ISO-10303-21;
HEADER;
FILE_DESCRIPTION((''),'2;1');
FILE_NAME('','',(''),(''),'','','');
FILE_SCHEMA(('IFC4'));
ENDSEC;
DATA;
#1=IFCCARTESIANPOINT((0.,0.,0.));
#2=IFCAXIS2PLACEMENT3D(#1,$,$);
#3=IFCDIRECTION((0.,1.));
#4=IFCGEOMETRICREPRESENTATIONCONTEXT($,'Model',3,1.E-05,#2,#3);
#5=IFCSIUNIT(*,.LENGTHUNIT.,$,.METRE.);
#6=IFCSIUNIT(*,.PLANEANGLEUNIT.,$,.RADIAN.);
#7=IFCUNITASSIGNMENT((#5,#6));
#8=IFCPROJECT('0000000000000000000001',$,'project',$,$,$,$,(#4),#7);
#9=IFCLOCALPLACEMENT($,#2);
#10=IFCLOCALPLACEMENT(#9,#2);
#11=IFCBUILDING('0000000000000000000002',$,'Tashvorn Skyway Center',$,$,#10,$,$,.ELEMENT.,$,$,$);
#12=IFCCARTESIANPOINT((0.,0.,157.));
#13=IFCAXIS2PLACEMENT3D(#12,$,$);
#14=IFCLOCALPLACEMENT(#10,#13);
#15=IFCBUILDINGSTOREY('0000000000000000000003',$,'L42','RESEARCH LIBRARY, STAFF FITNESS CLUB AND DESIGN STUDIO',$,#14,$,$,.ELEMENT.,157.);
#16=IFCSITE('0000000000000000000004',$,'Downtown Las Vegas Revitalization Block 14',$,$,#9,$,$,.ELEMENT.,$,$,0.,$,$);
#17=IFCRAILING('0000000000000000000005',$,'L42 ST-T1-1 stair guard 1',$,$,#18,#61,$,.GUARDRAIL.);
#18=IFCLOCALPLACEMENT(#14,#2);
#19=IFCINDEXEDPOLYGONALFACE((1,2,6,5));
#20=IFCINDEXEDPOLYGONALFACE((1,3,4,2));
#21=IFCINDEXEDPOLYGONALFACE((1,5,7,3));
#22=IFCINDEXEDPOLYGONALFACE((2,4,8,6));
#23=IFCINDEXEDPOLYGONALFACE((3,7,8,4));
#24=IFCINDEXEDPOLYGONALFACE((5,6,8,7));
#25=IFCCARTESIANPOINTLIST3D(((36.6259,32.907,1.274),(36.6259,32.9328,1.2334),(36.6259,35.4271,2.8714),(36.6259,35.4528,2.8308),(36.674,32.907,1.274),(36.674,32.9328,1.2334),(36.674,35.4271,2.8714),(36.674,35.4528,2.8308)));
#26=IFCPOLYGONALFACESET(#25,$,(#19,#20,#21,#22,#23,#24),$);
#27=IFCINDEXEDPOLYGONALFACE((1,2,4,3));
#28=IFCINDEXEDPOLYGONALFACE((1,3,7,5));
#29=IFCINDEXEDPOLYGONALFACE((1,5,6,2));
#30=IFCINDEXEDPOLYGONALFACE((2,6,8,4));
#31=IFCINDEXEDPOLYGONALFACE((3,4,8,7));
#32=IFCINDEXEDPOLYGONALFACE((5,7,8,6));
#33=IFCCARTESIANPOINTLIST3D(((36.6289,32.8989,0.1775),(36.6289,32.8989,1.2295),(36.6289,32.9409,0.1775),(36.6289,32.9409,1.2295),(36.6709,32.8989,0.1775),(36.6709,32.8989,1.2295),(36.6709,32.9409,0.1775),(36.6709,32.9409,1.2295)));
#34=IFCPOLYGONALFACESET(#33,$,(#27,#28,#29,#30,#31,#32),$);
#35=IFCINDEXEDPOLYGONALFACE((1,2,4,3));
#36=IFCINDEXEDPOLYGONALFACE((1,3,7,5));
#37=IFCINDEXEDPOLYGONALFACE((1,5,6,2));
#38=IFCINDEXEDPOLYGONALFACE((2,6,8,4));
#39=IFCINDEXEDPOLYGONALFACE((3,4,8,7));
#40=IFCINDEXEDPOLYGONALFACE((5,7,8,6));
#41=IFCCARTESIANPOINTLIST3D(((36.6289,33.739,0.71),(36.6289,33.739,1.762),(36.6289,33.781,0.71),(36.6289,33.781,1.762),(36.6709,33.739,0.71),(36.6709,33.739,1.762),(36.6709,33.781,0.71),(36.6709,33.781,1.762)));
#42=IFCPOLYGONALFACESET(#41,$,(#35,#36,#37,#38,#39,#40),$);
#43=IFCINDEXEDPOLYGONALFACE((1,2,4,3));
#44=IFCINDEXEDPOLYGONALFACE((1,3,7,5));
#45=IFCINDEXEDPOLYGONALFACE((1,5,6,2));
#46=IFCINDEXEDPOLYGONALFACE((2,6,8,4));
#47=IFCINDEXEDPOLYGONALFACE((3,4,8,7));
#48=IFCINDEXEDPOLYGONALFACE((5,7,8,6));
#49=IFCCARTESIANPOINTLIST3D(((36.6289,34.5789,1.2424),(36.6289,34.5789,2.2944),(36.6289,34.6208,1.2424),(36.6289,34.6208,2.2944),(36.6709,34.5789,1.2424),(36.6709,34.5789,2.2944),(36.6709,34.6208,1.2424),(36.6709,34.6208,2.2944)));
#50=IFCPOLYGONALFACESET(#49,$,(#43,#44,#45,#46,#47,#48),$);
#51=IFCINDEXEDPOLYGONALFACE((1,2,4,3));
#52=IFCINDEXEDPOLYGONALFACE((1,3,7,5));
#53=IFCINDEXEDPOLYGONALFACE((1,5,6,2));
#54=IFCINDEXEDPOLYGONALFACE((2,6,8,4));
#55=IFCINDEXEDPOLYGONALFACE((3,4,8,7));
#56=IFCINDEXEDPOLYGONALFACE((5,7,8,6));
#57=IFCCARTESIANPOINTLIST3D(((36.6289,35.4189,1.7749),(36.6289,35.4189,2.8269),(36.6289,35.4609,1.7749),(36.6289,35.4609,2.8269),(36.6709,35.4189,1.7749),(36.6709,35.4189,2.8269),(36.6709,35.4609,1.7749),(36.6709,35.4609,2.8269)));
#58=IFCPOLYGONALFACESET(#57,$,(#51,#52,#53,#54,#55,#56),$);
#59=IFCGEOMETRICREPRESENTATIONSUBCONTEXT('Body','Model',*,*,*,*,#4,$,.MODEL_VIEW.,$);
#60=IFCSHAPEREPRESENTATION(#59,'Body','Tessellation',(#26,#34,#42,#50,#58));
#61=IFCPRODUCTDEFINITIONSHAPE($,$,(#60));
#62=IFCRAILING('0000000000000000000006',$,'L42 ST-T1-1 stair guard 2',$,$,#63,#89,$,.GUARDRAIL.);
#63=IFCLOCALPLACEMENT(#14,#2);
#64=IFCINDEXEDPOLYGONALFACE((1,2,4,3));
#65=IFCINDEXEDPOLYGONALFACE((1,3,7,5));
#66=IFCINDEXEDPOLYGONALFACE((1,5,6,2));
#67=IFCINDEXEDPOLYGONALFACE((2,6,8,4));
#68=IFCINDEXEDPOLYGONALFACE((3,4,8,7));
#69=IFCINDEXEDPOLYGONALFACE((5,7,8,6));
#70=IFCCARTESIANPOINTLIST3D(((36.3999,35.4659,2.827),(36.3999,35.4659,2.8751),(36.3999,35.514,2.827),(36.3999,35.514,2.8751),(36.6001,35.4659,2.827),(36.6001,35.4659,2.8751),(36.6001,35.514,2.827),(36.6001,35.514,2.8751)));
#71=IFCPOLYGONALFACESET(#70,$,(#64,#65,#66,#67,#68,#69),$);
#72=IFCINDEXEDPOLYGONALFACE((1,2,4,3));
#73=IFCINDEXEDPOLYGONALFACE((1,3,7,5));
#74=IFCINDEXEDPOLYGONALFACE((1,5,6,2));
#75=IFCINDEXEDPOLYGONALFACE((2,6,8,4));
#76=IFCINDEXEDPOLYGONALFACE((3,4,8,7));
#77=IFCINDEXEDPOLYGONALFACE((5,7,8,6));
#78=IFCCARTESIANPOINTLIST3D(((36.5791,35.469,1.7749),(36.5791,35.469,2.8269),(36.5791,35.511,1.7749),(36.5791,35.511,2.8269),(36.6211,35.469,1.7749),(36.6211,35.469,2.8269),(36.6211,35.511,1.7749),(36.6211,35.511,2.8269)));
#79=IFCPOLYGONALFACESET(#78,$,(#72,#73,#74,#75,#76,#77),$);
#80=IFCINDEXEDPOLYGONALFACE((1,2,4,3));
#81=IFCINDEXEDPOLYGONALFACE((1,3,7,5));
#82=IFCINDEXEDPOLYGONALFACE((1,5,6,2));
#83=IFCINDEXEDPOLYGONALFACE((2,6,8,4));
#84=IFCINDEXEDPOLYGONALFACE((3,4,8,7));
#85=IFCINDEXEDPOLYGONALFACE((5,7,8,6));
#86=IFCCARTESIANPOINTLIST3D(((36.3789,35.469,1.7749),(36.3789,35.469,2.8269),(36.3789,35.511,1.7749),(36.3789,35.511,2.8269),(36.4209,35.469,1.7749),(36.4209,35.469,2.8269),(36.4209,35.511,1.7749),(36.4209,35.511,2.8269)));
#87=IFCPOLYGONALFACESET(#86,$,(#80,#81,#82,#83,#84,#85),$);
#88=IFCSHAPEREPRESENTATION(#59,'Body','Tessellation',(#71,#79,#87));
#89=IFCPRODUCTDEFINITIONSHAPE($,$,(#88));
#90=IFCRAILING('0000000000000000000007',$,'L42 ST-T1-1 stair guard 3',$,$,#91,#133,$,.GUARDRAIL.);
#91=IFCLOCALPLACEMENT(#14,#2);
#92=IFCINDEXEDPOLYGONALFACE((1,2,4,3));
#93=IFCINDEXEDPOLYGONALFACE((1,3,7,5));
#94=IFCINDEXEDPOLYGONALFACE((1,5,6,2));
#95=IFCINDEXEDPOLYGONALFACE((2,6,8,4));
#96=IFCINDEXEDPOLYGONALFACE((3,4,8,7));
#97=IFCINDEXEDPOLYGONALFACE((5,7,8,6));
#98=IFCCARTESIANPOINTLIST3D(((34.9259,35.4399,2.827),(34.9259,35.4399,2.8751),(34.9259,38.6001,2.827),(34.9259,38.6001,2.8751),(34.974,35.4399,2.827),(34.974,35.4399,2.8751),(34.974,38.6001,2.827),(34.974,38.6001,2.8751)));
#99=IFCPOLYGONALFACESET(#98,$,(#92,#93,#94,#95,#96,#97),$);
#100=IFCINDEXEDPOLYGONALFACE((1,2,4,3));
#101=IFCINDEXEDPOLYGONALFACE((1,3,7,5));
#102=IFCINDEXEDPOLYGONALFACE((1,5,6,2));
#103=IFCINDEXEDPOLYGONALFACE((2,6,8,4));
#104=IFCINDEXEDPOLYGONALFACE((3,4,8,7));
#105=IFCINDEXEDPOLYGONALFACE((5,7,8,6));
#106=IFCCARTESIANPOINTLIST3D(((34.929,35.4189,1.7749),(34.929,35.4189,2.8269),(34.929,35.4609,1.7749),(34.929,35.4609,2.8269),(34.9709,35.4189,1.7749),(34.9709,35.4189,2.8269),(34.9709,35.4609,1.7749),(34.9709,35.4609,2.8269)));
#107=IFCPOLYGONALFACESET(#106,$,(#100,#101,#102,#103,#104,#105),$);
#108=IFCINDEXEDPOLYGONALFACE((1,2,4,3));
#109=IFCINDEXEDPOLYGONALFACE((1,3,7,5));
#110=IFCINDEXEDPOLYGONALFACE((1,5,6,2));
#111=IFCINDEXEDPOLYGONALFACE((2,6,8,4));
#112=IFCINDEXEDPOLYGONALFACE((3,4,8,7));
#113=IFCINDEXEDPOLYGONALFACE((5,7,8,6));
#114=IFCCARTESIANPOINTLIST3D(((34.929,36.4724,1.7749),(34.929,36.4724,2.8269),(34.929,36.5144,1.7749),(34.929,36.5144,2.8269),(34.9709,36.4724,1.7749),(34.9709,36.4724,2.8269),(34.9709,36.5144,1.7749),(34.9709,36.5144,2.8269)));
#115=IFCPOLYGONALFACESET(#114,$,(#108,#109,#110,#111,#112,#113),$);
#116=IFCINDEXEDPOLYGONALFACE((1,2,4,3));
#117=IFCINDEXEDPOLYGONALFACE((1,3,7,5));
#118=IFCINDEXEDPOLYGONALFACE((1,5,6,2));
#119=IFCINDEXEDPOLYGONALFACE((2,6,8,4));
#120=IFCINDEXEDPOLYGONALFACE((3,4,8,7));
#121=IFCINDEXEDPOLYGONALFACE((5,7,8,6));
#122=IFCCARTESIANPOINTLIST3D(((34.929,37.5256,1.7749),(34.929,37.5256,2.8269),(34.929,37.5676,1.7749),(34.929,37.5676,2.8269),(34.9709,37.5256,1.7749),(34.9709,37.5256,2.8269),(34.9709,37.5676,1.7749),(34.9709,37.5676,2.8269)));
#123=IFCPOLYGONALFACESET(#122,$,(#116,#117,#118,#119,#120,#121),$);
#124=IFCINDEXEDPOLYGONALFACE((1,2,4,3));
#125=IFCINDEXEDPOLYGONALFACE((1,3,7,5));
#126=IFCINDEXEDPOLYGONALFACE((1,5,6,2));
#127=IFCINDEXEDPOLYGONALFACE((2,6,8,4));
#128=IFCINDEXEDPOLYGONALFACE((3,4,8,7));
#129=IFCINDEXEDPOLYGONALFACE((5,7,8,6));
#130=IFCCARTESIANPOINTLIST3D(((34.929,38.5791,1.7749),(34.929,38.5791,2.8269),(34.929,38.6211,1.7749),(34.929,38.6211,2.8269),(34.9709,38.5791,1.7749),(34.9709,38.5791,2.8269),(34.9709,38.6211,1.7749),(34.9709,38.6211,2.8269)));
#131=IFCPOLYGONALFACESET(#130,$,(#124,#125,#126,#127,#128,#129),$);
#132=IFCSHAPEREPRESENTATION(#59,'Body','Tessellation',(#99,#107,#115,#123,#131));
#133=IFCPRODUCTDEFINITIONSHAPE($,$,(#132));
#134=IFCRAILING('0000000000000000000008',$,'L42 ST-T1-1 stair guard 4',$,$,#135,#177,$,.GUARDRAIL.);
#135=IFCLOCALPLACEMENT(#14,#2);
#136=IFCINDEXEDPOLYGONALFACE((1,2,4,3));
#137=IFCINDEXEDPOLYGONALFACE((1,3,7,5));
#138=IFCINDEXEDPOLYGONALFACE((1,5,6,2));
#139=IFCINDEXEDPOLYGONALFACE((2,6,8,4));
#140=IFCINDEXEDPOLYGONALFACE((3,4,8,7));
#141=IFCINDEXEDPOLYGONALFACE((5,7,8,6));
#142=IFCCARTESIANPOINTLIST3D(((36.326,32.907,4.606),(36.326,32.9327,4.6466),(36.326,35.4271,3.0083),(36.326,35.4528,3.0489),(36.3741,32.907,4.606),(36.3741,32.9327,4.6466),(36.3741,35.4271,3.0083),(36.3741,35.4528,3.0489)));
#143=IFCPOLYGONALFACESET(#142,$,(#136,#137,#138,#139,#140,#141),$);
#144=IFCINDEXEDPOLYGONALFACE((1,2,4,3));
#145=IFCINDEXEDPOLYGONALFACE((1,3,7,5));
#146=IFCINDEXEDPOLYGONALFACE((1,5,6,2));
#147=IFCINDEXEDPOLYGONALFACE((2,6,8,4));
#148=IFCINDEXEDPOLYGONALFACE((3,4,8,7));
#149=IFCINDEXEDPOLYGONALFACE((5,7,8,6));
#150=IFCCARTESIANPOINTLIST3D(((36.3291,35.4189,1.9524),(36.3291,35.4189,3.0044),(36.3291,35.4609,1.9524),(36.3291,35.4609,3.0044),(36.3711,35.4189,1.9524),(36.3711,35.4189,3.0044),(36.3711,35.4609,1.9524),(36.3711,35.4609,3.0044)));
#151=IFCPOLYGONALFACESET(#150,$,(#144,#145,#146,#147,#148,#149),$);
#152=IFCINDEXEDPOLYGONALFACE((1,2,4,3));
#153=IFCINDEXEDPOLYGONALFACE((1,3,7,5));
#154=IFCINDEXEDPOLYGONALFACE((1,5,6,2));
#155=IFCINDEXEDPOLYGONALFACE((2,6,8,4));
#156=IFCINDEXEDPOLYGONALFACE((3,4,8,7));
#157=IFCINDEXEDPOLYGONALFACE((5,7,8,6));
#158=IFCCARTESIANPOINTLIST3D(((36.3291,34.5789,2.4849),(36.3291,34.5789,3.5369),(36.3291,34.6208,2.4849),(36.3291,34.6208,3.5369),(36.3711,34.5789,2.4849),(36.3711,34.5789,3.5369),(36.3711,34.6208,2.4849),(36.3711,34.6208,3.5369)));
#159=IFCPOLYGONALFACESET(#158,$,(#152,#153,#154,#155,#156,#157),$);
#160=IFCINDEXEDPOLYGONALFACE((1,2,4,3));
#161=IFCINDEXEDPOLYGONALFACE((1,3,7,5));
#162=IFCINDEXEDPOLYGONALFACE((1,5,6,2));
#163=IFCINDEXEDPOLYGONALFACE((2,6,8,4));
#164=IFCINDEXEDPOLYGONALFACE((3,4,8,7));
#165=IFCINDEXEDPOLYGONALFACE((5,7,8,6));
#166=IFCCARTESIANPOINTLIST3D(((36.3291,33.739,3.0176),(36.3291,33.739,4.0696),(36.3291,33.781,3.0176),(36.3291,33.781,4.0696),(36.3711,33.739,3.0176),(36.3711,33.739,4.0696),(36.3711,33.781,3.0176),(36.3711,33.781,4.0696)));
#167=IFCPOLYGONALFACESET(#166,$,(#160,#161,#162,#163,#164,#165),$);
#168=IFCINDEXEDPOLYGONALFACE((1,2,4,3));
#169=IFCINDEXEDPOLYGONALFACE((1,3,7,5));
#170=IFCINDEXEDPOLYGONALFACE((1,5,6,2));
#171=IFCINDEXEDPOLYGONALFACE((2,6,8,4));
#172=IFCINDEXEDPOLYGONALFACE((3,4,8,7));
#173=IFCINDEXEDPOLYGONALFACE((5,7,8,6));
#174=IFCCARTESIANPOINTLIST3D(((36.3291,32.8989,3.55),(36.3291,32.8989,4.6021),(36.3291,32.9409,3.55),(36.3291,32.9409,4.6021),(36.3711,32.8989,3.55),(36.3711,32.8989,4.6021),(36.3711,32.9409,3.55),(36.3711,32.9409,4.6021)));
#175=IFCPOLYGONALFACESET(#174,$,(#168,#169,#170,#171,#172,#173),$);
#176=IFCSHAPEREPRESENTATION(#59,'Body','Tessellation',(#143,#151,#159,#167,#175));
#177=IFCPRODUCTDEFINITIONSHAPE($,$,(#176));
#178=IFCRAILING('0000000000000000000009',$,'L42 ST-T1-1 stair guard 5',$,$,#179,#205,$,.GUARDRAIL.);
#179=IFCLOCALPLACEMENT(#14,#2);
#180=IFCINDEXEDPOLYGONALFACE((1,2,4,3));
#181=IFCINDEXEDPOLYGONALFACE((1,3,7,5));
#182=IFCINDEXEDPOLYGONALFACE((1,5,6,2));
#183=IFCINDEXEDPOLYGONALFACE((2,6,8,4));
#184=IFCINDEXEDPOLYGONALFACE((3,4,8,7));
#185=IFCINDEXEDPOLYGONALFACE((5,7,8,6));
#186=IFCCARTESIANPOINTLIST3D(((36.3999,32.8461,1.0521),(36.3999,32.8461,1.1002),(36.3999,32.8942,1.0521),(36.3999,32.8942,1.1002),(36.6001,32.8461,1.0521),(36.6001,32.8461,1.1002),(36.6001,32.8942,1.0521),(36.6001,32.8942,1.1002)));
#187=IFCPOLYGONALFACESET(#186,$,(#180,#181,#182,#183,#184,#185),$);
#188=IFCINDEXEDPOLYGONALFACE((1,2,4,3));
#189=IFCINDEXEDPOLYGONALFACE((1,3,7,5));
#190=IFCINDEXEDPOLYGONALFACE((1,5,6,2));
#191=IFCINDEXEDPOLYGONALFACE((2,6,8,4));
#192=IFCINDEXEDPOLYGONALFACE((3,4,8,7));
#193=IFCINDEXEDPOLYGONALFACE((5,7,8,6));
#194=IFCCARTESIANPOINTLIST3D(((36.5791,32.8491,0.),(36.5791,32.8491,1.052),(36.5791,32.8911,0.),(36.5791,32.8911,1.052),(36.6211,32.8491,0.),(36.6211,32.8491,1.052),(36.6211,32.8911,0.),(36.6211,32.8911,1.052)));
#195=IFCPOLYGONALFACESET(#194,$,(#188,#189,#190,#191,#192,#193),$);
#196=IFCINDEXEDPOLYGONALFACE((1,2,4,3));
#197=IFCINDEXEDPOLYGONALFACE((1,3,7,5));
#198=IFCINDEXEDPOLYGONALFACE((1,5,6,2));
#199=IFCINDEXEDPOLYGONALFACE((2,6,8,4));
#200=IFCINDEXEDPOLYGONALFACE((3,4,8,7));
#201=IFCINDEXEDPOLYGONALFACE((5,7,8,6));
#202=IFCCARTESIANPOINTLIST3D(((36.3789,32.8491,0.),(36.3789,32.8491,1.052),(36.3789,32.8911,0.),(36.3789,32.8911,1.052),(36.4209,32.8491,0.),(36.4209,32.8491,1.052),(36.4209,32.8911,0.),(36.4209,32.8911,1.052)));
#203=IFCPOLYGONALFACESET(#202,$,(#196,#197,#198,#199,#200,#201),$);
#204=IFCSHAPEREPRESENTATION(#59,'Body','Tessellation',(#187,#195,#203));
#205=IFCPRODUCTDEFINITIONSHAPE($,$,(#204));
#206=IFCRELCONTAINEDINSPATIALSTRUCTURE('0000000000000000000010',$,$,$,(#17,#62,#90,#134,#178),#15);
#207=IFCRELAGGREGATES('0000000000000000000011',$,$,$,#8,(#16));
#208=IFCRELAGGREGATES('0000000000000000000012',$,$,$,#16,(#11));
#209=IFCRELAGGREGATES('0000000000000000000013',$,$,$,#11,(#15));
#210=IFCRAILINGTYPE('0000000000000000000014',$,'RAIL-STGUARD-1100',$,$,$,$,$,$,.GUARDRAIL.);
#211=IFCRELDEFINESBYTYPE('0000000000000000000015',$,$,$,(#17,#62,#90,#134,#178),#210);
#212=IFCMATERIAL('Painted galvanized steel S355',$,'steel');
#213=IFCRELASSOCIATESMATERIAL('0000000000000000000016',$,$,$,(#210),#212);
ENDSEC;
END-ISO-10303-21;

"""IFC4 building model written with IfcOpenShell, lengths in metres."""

from ifc_helpers import new_model, si_unit, direction, frame, origin, origin_2d, place, context, subcontext, project, spatial, rectangle, extrude, material, type_object, element, save


model = new_model("IFC4")

# Units and contexts
model_context = context("Model", 3, precision=1e-05, world=origin(), true_north=direction((0.0, 1.0)))
body_context = subcontext(model_context, "Body", "Model", "MODEL_VIEW")
ifc_project = project(units=[si_unit("LENGTHUNIT", "METRE"), si_unit("PLANEANGLEUNIT", "RADIAN")], contexts=[model_context])

# Site, building, storey
site_placement = place(None, origin())
site = spatial("IfcSite", under=ifc_project, at=site_placement, Name="Downtown Las Vegas Revitalization Block 14", CompositionType="ELEMENT", RefElevation=0.0)
building_placement = place(site_placement, origin())
building = spatial("IfcBuilding", under=site, at=building_placement, Name="Tashvorn Skyway Center", CompositionType="ELEMENT")
storey_placement = place(building_placement, frame((0.0, 0.0, 157.0)))
storey = spatial("IfcBuildingStorey", under=building, at=storey_placement, Name="L42", Description="RESEARCH LIBRARY, STAFF FITNESS CLUB AND DESIGN STUDIO", CompositionType="ELEMENT", Elevation=157.0)

# Railings
ifc_material_1 = material(Name="Painted galvanized steel S355", Category="steel")
railing_type_1 = type_object("IfcRailingType", Name="RAIL-STGUARD-1100", PredefinedType="GUARDRAIL", material=ifc_material_1)
railing_1_placement = place(storey_placement, frame((36.6499, 32.9199, 0.1775)))
element("IfcRailing", 1, at=railing_1_placement, inside=storey, type_object=railing_type_1, Name="L42 ST-T1-1 stair guard 1", PredefinedType="GUARDRAIL", context=body_context, shape_type="SweptSolid", body=[
    extrude(rectangle(XDim=0.0481, YDim=0.0481, at=origin_2d()), frame((0.0, 0.0, 1.0762), z_axis=(0.0, 0.844607, 0.535387), x_axis=(-1.0, 0.0, 0.0)), (0.0, 0.0, 1.0), 2.9836),
    extrude(rectangle(XDim=0.042, YDim=0.042, at=origin_2d()), origin(), (0.0, 0.0, 1.0), 1.052),
    extrude(rectangle(XDim=0.042, YDim=0.042, at=origin_2d()), frame((0.0, 0.8401, 0.5325)), (0.0, 0.0, 1.0), 1.052),
    extrude(rectangle(XDim=0.042, YDim=0.042, at=origin_2d()), frame((0.0, 1.6799, 1.0649)), (0.0, 0.0, 1.0), 1.052),
    extrude(rectangle(XDim=0.042, YDim=0.042, at=origin_2d()), frame((0.0, 2.52, 1.5974)), (0.0, 0.0, 1.0), 1.052),
])
railing_2_placement = place(storey_placement, frame((36.6001, 35.49, 1.7749)))
element("IfcRailing", 2, at=railing_2_placement, inside=storey, type_object=railing_type_1, Name="L42 ST-T1-1 stair guard 2", PredefinedType="GUARDRAIL", context=body_context, shape_type="SweptSolid", body=[
    extrude(rectangle(XDim=0.0481, YDim=0.0481, at=origin_2d()), frame((0.0, 0.0, 1.0762), z_axis=(-1.0, 0.0, 0.0), x_axis=(0.0, -1.0, 0.0)), (0.0, 0.0, 1.0), 0.2002),
    extrude(rectangle(XDim=0.042, YDim=0.042, at=origin_2d()), origin(), (0.0, 0.0, 1.0), 1.052),
    extrude(rectangle(XDim=0.042, YDim=0.042, at=origin_2d()), frame((-0.2002, 0.0, 0.0)), (0.0, 0.0, 1.0), 1.052),
])
railing_3_placement = place(storey_placement, frame((34.95, 35.4399, 1.7749)))
element("IfcRailing", 3, at=railing_3_placement, inside=storey, type_object=railing_type_1, Name="L42 ST-T1-1 stair guard 3", PredefinedType="GUARDRAIL", context=body_context, shape_type="SweptSolid", body=[
    extrude(rectangle(XDim=0.0481, YDim=0.0481, at=origin_2d()), frame((0.0, 0.0, 1.0762), z_axis=(0.0, 1.0, 0.0), x_axis=(-1.0, 0.0, 0.0)), (0.0, 0.0, 1.0), 3.1602),
    extrude(rectangle(XDim=0.042, YDim=0.042, at=origin_2d()), origin(), (0.0, 0.0, 1.0), 1.052),
    extrude(rectangle(XDim=0.042, YDim=0.042, at=origin_2d()), frame((0.0, 1.0535, 0.0)), (0.0, 0.0, 1.0), 1.052),
    extrude(rectangle(XDim=0.042, YDim=0.042, at=origin_2d()), frame((0.0, 2.1067, 0.0)), (0.0, 0.0, 1.0), 1.052),
    extrude(rectangle(XDim=0.042, YDim=0.042, at=origin_2d()), frame((0.0, 3.1602, 0.0)), (0.0, 0.0, 1.0), 1.052),
])
railing_4_placement = place(storey_placement, frame((36.3501, 35.4399, 1.9524)))
element("IfcRailing", 4, at=railing_4_placement, inside=storey, type_object=railing_type_1, Name="L42 ST-T1-1 stair guard 4", PredefinedType="GUARDRAIL", context=body_context, shape_type="SweptSolid", body=[
    extrude(rectangle(XDim=0.0481, YDim=0.0481, at=origin_2d()), frame((0.0, 0.0, 1.0762), z_axis=(0.0, -0.84457, 0.535445), x_axis=(1.0, 0.0, 0.0)), (0.0, 0.0, 1.0), 2.9839),
    extrude(rectangle(XDim=0.042, YDim=0.042, at=origin_2d()), origin(), (0.0, 0.0, 1.0), 1.052),
    extrude(rectangle(XDim=0.042, YDim=0.042, at=origin_2d()), frame((0.0, -0.8401, 0.5325)), (0.0, 0.0, 1.0), 1.052),
    extrude(rectangle(XDim=0.042, YDim=0.042, at=origin_2d()), frame((0.0, -1.6799, 1.0652)), (0.0, 0.0, 1.0), 1.052),
    extrude(rectangle(XDim=0.042, YDim=0.042, at=origin_2d()), frame((0.0, -2.52, 1.5977)), (0.0, 0.0, 1.0), 1.052),
])
railing_5_placement = place(storey_placement, frame((36.6001, 32.8701, 0.0)))
element("IfcRailing", 5, at=railing_5_placement, inside=storey, type_object=railing_type_1, Name="L42 ST-T1-1 stair guard 5", PredefinedType="GUARDRAIL", context=body_context, shape_type="SweptSolid", body=[
    extrude(rectangle(XDim=0.0481, YDim=0.0481, at=origin_2d()), frame((0.0, 0.0, 1.0762), z_axis=(-1.0, 0.0, 0.0), x_axis=(0.0, -1.0, 0.0)), (0.0, 0.0, 1.0), 0.2002),
    extrude(rectangle(XDim=0.042, YDim=0.042, at=origin_2d()), origin(), (0.0, 0.0, 1.0), 1.052),
    extrude(rectangle(XDim=0.042, YDim=0.042, at=origin_2d()), frame((-0.2002, 0.0, 0.0)), (0.0, 0.0, 1.0), 1.052),
])

save(model, "model.ifc")
